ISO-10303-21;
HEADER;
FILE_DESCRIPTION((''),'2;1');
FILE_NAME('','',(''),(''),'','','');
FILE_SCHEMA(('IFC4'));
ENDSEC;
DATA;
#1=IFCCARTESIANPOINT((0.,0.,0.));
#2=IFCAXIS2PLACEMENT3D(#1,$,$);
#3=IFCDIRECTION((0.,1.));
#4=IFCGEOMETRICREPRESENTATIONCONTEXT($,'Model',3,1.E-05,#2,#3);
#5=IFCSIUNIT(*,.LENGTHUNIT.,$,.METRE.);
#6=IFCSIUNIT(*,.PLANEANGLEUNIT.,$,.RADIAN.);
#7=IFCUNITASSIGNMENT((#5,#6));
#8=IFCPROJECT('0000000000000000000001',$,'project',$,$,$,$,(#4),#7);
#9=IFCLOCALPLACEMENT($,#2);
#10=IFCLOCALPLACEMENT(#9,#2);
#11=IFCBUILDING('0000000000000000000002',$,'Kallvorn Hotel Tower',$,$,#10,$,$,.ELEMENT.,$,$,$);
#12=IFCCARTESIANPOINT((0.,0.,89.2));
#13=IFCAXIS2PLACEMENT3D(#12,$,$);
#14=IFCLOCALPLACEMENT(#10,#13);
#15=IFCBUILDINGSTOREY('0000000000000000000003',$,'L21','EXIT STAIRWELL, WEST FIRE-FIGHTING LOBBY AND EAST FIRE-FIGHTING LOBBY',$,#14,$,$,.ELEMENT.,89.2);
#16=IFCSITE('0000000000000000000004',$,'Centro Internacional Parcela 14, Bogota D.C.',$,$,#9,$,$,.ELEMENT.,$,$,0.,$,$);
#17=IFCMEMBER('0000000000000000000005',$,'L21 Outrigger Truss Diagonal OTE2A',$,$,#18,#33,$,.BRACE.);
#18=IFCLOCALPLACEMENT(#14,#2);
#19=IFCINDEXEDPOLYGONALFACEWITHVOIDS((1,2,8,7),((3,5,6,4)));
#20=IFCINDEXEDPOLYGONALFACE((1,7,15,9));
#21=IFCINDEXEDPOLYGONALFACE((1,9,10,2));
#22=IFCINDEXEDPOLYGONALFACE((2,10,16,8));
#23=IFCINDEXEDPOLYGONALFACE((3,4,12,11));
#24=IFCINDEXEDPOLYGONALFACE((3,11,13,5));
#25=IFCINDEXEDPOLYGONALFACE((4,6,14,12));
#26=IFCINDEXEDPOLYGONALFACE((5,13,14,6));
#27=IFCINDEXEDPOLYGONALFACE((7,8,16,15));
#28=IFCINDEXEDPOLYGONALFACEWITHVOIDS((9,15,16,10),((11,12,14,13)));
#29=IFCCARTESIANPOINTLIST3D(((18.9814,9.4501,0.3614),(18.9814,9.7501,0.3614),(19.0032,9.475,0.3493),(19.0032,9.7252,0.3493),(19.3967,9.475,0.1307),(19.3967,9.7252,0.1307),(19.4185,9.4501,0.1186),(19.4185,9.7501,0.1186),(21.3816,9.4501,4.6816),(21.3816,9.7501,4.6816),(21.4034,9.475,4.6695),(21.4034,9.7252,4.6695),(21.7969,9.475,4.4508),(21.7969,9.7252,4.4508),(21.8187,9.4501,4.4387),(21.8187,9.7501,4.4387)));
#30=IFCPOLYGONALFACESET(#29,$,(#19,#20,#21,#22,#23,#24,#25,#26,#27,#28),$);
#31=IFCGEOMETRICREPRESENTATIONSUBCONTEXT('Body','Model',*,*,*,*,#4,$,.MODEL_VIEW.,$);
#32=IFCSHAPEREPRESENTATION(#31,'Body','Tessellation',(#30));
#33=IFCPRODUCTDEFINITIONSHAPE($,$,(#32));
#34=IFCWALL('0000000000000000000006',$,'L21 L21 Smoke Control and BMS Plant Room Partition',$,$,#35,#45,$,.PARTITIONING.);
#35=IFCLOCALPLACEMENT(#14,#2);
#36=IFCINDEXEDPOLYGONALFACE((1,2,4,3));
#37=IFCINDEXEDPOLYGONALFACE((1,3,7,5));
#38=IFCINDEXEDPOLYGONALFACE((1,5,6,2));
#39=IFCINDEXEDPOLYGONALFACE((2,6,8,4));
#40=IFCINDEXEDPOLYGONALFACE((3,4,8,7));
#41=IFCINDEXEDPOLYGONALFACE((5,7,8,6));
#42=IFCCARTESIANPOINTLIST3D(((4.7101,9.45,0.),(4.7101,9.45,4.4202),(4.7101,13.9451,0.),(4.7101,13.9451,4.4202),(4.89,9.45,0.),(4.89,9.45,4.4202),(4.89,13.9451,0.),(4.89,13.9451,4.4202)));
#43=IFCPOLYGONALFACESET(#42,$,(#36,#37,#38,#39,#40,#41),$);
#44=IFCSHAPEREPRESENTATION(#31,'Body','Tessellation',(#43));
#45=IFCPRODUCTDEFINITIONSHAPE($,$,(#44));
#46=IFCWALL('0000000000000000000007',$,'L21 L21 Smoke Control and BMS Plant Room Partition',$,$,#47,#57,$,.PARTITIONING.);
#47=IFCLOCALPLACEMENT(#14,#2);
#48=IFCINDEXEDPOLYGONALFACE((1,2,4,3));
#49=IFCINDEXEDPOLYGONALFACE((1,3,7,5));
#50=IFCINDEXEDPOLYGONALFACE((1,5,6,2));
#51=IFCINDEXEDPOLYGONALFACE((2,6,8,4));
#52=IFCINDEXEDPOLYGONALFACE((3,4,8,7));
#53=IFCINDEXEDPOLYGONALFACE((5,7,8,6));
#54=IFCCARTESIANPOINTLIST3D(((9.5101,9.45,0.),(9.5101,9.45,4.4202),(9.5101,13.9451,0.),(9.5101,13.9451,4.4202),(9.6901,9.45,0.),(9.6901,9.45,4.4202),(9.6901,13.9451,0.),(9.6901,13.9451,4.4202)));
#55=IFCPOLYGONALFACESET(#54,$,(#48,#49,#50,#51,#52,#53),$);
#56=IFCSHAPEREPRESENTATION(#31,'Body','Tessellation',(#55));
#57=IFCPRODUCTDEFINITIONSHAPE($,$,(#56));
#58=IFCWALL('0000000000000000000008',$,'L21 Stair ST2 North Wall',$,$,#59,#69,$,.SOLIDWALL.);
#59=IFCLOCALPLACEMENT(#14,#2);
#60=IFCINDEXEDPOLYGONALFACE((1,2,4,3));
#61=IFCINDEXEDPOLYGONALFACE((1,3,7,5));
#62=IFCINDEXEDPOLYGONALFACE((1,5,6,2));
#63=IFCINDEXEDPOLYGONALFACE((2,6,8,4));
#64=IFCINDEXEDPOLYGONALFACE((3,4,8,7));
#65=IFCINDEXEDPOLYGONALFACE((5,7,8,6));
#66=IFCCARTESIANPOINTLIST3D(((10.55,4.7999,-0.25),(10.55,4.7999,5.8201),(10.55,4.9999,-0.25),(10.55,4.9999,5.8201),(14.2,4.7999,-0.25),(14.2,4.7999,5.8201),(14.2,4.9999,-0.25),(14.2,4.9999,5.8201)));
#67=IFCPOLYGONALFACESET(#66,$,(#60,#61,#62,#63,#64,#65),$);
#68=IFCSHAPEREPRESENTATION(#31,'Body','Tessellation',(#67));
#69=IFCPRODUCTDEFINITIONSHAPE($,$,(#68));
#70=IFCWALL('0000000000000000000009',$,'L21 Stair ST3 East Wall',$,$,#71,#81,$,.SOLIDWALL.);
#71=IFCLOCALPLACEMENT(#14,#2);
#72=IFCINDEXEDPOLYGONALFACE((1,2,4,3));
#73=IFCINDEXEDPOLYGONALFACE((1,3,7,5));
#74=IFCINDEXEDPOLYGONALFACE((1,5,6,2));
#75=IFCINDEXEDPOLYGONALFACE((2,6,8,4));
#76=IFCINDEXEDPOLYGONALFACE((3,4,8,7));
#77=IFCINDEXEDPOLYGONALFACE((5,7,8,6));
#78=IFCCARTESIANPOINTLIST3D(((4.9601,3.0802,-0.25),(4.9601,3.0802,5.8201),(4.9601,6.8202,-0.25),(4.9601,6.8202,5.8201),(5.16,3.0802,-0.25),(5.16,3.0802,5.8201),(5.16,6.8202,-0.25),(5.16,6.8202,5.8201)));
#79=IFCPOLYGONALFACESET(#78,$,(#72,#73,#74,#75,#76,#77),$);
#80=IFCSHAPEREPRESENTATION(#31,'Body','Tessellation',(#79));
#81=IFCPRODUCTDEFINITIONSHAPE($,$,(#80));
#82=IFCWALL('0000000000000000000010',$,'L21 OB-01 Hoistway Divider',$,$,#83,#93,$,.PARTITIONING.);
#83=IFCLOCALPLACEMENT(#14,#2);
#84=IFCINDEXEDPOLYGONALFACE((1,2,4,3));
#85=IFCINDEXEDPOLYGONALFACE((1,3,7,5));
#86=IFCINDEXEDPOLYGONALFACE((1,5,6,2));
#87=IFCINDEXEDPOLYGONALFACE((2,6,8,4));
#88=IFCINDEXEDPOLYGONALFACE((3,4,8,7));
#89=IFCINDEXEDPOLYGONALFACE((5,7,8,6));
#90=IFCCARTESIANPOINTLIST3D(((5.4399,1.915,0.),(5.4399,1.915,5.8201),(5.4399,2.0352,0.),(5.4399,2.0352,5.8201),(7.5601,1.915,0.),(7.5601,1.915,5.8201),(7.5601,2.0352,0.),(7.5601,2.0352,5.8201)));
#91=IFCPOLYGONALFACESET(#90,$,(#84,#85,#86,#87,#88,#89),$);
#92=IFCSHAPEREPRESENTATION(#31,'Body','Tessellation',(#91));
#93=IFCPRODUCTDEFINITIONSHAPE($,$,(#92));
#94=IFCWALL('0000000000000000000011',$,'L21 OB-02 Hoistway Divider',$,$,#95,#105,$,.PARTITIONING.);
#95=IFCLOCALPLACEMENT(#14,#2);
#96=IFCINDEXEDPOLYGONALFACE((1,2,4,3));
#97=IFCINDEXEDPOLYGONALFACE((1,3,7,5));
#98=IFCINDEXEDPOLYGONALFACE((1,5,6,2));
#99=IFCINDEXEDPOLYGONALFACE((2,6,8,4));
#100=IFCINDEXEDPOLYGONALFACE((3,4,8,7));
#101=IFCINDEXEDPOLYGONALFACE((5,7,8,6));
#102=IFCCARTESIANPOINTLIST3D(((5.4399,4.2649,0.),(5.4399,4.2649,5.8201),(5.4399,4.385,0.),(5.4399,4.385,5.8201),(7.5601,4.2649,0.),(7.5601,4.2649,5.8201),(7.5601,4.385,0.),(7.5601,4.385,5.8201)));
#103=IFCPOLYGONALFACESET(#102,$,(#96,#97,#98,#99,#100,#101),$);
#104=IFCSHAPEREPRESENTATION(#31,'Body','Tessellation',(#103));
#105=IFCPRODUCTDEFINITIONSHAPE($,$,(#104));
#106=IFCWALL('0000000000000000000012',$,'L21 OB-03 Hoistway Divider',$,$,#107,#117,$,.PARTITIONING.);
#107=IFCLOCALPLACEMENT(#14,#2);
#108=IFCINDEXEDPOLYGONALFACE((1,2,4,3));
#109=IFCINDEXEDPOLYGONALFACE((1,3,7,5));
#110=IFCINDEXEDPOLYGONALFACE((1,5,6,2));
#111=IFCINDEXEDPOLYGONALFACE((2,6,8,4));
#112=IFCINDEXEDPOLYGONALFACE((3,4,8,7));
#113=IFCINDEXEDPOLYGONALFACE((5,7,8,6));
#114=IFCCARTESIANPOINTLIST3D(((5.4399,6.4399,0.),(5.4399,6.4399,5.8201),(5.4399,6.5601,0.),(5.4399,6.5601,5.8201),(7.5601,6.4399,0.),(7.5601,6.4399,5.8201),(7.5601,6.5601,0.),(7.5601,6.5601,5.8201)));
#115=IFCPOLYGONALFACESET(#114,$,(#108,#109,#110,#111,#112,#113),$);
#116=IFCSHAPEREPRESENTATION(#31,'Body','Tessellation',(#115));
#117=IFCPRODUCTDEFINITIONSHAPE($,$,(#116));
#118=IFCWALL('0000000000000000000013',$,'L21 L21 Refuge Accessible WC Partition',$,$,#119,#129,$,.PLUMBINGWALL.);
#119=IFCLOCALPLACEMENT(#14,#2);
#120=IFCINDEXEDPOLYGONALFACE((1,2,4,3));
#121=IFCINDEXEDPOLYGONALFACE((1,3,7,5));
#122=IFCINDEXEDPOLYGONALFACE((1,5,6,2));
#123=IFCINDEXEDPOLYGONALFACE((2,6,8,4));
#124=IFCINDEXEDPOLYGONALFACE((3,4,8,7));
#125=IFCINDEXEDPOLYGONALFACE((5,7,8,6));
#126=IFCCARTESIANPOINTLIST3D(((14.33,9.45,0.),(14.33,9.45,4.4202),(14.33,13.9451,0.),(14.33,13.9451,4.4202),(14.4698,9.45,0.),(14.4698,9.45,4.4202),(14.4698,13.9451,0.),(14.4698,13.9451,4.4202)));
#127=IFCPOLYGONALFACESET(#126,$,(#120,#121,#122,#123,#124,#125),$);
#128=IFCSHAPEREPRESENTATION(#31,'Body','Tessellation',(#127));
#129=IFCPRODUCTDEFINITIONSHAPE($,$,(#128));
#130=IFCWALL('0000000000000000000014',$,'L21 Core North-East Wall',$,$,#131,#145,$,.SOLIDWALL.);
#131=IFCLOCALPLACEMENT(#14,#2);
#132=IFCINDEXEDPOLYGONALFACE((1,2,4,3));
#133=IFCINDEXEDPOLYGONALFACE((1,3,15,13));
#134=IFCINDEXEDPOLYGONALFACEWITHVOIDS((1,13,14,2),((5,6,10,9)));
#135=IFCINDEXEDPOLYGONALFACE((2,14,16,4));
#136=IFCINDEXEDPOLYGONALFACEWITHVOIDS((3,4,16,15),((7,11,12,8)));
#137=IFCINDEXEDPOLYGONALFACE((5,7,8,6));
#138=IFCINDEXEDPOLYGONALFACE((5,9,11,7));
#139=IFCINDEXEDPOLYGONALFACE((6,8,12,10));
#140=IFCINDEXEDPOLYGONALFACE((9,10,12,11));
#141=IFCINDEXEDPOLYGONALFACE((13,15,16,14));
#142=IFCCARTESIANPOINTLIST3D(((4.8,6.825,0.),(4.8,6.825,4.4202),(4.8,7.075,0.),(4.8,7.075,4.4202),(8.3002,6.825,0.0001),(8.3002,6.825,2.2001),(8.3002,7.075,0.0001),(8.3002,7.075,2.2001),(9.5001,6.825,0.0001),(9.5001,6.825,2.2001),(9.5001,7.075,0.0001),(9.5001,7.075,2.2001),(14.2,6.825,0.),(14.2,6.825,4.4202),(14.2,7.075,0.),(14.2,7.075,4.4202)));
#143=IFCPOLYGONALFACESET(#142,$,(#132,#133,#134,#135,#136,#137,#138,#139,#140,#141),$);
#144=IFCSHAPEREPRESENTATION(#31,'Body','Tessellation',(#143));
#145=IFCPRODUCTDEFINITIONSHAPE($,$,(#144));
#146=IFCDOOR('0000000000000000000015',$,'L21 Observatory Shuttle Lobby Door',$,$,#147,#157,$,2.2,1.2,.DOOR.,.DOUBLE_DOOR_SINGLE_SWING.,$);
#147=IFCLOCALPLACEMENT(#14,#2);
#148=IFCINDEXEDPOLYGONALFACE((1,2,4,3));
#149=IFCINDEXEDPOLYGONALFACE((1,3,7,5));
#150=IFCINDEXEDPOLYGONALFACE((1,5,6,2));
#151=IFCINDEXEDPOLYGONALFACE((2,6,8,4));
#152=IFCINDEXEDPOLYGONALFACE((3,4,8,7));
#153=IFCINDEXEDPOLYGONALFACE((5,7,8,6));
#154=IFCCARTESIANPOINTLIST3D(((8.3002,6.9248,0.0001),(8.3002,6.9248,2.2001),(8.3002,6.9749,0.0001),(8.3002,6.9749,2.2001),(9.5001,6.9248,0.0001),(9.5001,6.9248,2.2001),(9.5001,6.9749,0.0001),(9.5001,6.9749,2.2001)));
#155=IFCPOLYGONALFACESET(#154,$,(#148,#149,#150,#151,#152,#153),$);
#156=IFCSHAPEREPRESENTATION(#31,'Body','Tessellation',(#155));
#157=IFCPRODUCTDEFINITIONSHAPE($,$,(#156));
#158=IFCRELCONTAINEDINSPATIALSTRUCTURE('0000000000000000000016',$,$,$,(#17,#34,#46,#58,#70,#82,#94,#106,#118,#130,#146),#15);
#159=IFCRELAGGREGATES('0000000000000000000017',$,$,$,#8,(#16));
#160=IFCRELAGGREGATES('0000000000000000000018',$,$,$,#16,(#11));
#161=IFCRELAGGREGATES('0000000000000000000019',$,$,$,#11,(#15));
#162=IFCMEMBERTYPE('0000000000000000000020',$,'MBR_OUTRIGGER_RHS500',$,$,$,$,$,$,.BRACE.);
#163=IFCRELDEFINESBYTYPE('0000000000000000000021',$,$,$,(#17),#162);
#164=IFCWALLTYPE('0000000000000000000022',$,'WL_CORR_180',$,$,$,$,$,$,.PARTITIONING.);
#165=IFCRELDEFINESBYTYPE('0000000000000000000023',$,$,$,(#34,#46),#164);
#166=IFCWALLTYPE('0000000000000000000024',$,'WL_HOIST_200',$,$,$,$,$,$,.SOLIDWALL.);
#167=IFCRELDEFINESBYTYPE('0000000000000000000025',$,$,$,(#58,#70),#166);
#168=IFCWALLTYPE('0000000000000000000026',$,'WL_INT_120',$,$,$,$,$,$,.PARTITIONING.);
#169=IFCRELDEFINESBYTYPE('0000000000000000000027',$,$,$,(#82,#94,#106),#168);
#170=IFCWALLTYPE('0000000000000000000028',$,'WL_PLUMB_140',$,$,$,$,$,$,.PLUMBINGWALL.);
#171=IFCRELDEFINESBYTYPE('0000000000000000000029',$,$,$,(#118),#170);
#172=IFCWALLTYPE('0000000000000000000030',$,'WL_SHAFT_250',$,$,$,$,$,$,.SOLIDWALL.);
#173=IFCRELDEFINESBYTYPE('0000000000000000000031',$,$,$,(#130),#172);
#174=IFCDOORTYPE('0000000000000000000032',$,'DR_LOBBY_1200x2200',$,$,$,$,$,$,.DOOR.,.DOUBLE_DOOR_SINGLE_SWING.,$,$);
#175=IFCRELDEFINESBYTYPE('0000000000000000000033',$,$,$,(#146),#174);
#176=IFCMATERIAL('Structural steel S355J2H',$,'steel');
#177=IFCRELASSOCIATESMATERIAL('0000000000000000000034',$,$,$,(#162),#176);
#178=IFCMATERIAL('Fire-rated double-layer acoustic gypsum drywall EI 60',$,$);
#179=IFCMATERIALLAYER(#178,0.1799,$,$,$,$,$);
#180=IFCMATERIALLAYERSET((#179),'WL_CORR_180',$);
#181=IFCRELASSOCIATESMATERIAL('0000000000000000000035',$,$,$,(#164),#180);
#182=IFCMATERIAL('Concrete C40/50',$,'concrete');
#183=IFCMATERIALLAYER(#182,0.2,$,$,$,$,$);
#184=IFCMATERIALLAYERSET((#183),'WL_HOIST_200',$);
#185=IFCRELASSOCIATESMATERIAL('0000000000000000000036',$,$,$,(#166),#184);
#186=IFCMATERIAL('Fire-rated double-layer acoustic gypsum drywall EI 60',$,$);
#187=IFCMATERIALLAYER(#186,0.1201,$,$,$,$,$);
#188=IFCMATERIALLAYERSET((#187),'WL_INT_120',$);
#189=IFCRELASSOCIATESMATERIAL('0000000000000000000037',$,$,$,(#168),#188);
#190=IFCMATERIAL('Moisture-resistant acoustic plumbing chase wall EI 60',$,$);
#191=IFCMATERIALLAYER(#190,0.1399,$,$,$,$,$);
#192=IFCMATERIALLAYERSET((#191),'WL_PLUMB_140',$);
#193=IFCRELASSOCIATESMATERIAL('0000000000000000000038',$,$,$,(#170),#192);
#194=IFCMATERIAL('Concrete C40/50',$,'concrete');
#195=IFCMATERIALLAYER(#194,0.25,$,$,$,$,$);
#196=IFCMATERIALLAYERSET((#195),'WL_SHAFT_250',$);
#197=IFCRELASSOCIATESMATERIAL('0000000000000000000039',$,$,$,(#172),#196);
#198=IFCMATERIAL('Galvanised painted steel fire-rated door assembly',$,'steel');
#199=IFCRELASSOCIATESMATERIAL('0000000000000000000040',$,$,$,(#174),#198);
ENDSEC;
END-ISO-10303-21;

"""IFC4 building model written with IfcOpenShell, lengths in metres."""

from ifc_helpers import new_model, si_unit, direction, frame, frame_2d, origin, origin_2d, place, context, subcontext, project, spatial, rectangle, hollow_rectangle, extrude, material, layer, layer_set, material_profile, profile_set, type_object, element, fill, save


model = new_model("IFC4")

# Units and contexts
model_context = context("Model", 3, precision=1e-05, world=origin(), true_north=direction((0.0, 1.0)))
body_context = subcontext(model_context, "Body", "Model", "MODEL_VIEW")
ifc_project = project(units=[si_unit("LENGTHUNIT", "METRE"), si_unit("PLANEANGLEUNIT", "RADIAN")], contexts=[model_context])

# Site, building, storey
site_placement = place(None, origin())
site = spatial("IfcSite", under=ifc_project, at=site_placement, Name="Centro Internacional Parcela 14, Bogota D.C.", CompositionType="ELEMENT", RefElevation=0.0)
building_placement = place(site_placement, origin())
building = spatial("IfcBuilding", under=site, at=building_placement, Name="Kallvorn Hotel Tower", CompositionType="ELEMENT")
storey_placement = place(building_placement, frame((0.0, 0.0, 89.2)))
storey = spatial("IfcBuildingStorey", under=building, at=storey_placement, Name="L21", Description="EXIT STAIRWELL, WEST FIRE-FIGHTING LOBBY AND EAST FIRE-FIGHTING LOBBY", CompositionType="ELEMENT", Elevation=89.2)

# Member
ifc_material_1 = material(Name="Structural steel S355J2H", Category="steel")
ifc_material_profile_1 = material_profile(ifc_material_1, hollow_rectangle(XDim=0.3, YDim=0.5, WallThickness=0.0249, at=origin_2d()), Name="RHS 500x300x25")
ifc_profile_set_1 = profile_set([ifc_material_profile_1], Name="Structural steel S355J2H")
member_type_1 = type_object("IfcMemberType", Name="MBR_OUTRIGGER_RHS500", PredefinedType="BRACE", material=ifc_profile_set_1)
member_1_placement = place(storey_placement, frame((19.2, 9.6001, 0.24), z_axis=(0.48566, 0.0, 0.874148), x_axis=(0.0, 1.0, 0.0)))
element("IfcMember", 1, at=member_1_placement, inside=storey, type_object=member_type_1, Name="L21 Outrigger Truss Diagonal OTE2A", PredefinedType="BRACE", context=body_context, shape_type="SweptSolid", body=[
    extrude(hollow_rectangle(XDim=0.3, YDim=0.5, WallThickness=0.0249, at=origin_2d()), origin(), (0.0, 0.0, 1.0), 4.9421),
])

# Walls
ifc_material_2 = material(Name="Fire-rated double-layer acoustic gypsum drywall EI 60")
ifc_layer_1 = layer(ifc_material_2, 0.1799)
ifc_layer_set_1 = layer_set([ifc_layer_1], Name="WL_CORR_180")
wall_type_1 = type_object("IfcWallType", Name="WL_CORR_180", PredefinedType="PARTITIONING", material=ifc_layer_set_1)
for number, where, z_axis, x_axis, name in (
    (2, (4.8, 9.45, 0.0), (0.0, 0.0, 1.0), (0.0, 1.0, 0.0), "L21 L21 Smoke Control and BMS Plant Room Partition"),
    (3, (9.6001, 9.45, 0.0), (0.0, 0.0, 1.0), (0.0, 1.0, 0.0), "L21 L21 Smoke Control and BMS Plant Room Partition"),
):
    element("IfcWall", number, at=place(storey_placement, frame(where, z_axis=z_axis, x_axis=x_axis)), inside=storey, type_object=wall_type_1, Name=name, PredefinedType="PARTITIONING", context=body_context, shape_type="SweptSolid", body=[
        extrude(rectangle(XDim=4.4951, YDim=0.1799, at=frame_2d((2.2476, 0.0))), origin(), (0.0, 0.0, 1.0), 4.4202),
    ])
ifc_material_3 = material(Name="Concrete C40/50", Category="concrete")
ifc_layer_2 = layer(ifc_material_3, 0.2)
ifc_layer_set_2 = layer_set([ifc_layer_2], Name="WL_HOIST_200")
wall_type_2 = type_object("IfcWallType", Name="WL_HOIST_200", PredefinedType="SOLIDWALL", material=ifc_layer_set_2)
wall_1_placement = place(storey_placement, frame((10.55, 4.8999, -0.25), z_axis=(0.0, 0.0, 1.0), x_axis=(1.0, 0.0, 0.0)))
element("IfcWall", 4, at=wall_1_placement, inside=storey, type_object=wall_type_2, Name="L21 Stair ST2 North Wall", PredefinedType="SOLIDWALL", context=body_context, shape_type="SweptSolid", body=[
    extrude(rectangle(XDim=3.6499, YDim=0.2, at=frame_2d((1.825, 0.0))), origin(), (0.0, 0.0, 1.0), 6.0701),
])
wall_2_placement = place(storey_placement, frame((5.0601, 3.0801, -0.25), z_axis=(0.0, 0.0, 1.0), x_axis=(0.0, 1.0, 0.0)))
element("IfcWall", 5, at=wall_2_placement, inside=storey, type_object=wall_type_2, Name="L21 Stair ST3 East Wall", PredefinedType="SOLIDWALL", context=body_context, shape_type="SweptSolid", body=[
    extrude(rectangle(XDim=3.74, YDim=0.2, at=frame_2d((1.8701, 0.0))), origin(), (0.0, 0.0, 1.0), 6.0701),
])
ifc_material_4 = material(Name="Fire-rated double-layer acoustic gypsum drywall EI 60")
ifc_layer_3 = layer(ifc_material_4, 0.1201)
ifc_layer_set_3 = layer_set([ifc_layer_3], Name="WL_INT_120")
wall_type_3 = type_object("IfcWallType", Name="WL_INT_120", PredefinedType="PARTITIONING", material=ifc_layer_set_3)
for number, where, z_axis, x_axis, name in (
    (6, (5.4399, 1.9751, 0.0), (0.0, 0.0, 1.0), (1.0, 0.0, 0.0), "L21 OB-01 Hoistway Divider"),
    (7, (5.4399, 4.325, 0.0), (0.0, 0.0, 1.0), (1.0, 0.0, 0.0), "L21 OB-02 Hoistway Divider"),
    (8, (5.4399, 6.5, 0.0), (0.0, 0.0, 1.0), (1.0, 0.0, 0.0), "L21 OB-03 Hoistway Divider"),
):
    element("IfcWall", number, at=place(storey_placement, frame(where, z_axis=z_axis, x_axis=x_axis)), inside=storey, type_object=wall_type_3, Name=name, PredefinedType="PARTITIONING", context=body_context, shape_type="SweptSolid", body=[
        extrude(rectangle(XDim=2.1201, YDim=0.1201, at=frame_2d((1.0601, 0.0))), origin(), (0.0, 0.0, 1.0), 5.8201),
    ])
ifc_material_5 = material(Name="Moisture-resistant acoustic plumbing chase wall EI 60")
ifc_layer_4 = layer(ifc_material_5, 0.1399)
ifc_layer_set_4 = layer_set([ifc_layer_4], Name="WL_PLUMB_140")
wall_type_4 = type_object("IfcWallType", Name="WL_PLUMB_140", PredefinedType="PLUMBINGWALL", material=ifc_layer_set_4)
wall_3_placement = place(storey_placement, frame((14.3999, 9.45, 0.0), z_axis=(0.0, 0.0, 1.0), x_axis=(0.0, 1.0, 0.0)))
element("IfcWall", 9, at=wall_3_placement, inside=storey, type_object=wall_type_4, Name="L21 L21 Refuge Accessible WC Partition", PredefinedType="PLUMBINGWALL", context=body_context, shape_type="SweptSolid", body=[
    extrude(rectangle(XDim=4.4951, YDim=0.1399, at=frame_2d((2.2476, 0.0))), origin(), (0.0, 0.0, 1.0), 4.4202),
])

# Wall, opening, door
ifc_material_6 = material(Name="Concrete C40/50", Category="concrete")
ifc_layer_5 = layer(ifc_material_6, 0.25)
ifc_layer_set_5 = layer_set([ifc_layer_5], Name="WL_SHAFT_250")
wall_type_5 = type_object("IfcWallType", Name="WL_SHAFT_250", PredefinedType="SOLIDWALL", material=ifc_layer_set_5)
wall_4_placement = place(storey_placement, frame((4.8, 6.95, 0.0), z_axis=(0.0, 0.0, 1.0), x_axis=(1.0, 0.0, 0.0)))
wall_4 = element("IfcWall", 10, at=wall_4_placement, inside=storey, type_object=wall_type_5, Name="L21 Core North-East Wall", PredefinedType="SOLIDWALL", context=body_context, shape_type="SweptSolid", body=[
    extrude(rectangle(XDim=9.3999, YDim=0.25, at=frame_2d((4.7, 0.0))), origin(), (0.0, 0.0, 1.0), 4.4202),
])
opening_placement = place(wall_4_placement, frame((3.5, 0.0, 0.0)))
opening = element("IfcOpeningElement", 11, at=opening_placement, cuts=wall_4, PredefinedType="OPENING", context=body_context, shape_type="SweptSolid", body=[
    extrude(rectangle(XDim=1.2, YDim=2.2, at=frame_2d((0.6001, 1.1001))), frame((0.0, 0.1399, 0.0), z_axis=(0.0, -1.0, 0.0), x_axis=(1.0, 0.0, 0.0)), (0.0, 0.0, 1.0), 0.28),
])
ifc_material_7 = material(Name="Galvanised painted steel fire-rated door assembly", Category="steel")
door_type = type_object("IfcDoorType", Name="DR_LOBBY_1200x2200", OperationType="DOUBLE_DOOR_SINGLE_SWING", PredefinedType="DOOR", material=ifc_material_7)
door_placement = place(opening_placement, origin())
door = element("IfcDoor", 12, at=door_placement, inside=storey, type_object=door_type, Name="L21 Observatory Shuttle Lobby Door", OperationType="DOUBLE_DOOR_SINGLE_SWING", OverallHeight=2.2, OverallWidth=1.2, PredefinedType="DOOR", context=body_context, shape_type="SweptSolid", body=[
    extrude(rectangle(XDim=1.2, YDim=2.2, at=frame_2d((0.6001, 1.1001))), frame((0.0, 0.0249, 0.0), z_axis=(0.0, -1.0, 0.0), x_axis=(1.0, 0.0, 0.0)), (0.0, 0.0, 1.0), 0.05),
])
fill(opening, door)

save(model, "model.ifc")
